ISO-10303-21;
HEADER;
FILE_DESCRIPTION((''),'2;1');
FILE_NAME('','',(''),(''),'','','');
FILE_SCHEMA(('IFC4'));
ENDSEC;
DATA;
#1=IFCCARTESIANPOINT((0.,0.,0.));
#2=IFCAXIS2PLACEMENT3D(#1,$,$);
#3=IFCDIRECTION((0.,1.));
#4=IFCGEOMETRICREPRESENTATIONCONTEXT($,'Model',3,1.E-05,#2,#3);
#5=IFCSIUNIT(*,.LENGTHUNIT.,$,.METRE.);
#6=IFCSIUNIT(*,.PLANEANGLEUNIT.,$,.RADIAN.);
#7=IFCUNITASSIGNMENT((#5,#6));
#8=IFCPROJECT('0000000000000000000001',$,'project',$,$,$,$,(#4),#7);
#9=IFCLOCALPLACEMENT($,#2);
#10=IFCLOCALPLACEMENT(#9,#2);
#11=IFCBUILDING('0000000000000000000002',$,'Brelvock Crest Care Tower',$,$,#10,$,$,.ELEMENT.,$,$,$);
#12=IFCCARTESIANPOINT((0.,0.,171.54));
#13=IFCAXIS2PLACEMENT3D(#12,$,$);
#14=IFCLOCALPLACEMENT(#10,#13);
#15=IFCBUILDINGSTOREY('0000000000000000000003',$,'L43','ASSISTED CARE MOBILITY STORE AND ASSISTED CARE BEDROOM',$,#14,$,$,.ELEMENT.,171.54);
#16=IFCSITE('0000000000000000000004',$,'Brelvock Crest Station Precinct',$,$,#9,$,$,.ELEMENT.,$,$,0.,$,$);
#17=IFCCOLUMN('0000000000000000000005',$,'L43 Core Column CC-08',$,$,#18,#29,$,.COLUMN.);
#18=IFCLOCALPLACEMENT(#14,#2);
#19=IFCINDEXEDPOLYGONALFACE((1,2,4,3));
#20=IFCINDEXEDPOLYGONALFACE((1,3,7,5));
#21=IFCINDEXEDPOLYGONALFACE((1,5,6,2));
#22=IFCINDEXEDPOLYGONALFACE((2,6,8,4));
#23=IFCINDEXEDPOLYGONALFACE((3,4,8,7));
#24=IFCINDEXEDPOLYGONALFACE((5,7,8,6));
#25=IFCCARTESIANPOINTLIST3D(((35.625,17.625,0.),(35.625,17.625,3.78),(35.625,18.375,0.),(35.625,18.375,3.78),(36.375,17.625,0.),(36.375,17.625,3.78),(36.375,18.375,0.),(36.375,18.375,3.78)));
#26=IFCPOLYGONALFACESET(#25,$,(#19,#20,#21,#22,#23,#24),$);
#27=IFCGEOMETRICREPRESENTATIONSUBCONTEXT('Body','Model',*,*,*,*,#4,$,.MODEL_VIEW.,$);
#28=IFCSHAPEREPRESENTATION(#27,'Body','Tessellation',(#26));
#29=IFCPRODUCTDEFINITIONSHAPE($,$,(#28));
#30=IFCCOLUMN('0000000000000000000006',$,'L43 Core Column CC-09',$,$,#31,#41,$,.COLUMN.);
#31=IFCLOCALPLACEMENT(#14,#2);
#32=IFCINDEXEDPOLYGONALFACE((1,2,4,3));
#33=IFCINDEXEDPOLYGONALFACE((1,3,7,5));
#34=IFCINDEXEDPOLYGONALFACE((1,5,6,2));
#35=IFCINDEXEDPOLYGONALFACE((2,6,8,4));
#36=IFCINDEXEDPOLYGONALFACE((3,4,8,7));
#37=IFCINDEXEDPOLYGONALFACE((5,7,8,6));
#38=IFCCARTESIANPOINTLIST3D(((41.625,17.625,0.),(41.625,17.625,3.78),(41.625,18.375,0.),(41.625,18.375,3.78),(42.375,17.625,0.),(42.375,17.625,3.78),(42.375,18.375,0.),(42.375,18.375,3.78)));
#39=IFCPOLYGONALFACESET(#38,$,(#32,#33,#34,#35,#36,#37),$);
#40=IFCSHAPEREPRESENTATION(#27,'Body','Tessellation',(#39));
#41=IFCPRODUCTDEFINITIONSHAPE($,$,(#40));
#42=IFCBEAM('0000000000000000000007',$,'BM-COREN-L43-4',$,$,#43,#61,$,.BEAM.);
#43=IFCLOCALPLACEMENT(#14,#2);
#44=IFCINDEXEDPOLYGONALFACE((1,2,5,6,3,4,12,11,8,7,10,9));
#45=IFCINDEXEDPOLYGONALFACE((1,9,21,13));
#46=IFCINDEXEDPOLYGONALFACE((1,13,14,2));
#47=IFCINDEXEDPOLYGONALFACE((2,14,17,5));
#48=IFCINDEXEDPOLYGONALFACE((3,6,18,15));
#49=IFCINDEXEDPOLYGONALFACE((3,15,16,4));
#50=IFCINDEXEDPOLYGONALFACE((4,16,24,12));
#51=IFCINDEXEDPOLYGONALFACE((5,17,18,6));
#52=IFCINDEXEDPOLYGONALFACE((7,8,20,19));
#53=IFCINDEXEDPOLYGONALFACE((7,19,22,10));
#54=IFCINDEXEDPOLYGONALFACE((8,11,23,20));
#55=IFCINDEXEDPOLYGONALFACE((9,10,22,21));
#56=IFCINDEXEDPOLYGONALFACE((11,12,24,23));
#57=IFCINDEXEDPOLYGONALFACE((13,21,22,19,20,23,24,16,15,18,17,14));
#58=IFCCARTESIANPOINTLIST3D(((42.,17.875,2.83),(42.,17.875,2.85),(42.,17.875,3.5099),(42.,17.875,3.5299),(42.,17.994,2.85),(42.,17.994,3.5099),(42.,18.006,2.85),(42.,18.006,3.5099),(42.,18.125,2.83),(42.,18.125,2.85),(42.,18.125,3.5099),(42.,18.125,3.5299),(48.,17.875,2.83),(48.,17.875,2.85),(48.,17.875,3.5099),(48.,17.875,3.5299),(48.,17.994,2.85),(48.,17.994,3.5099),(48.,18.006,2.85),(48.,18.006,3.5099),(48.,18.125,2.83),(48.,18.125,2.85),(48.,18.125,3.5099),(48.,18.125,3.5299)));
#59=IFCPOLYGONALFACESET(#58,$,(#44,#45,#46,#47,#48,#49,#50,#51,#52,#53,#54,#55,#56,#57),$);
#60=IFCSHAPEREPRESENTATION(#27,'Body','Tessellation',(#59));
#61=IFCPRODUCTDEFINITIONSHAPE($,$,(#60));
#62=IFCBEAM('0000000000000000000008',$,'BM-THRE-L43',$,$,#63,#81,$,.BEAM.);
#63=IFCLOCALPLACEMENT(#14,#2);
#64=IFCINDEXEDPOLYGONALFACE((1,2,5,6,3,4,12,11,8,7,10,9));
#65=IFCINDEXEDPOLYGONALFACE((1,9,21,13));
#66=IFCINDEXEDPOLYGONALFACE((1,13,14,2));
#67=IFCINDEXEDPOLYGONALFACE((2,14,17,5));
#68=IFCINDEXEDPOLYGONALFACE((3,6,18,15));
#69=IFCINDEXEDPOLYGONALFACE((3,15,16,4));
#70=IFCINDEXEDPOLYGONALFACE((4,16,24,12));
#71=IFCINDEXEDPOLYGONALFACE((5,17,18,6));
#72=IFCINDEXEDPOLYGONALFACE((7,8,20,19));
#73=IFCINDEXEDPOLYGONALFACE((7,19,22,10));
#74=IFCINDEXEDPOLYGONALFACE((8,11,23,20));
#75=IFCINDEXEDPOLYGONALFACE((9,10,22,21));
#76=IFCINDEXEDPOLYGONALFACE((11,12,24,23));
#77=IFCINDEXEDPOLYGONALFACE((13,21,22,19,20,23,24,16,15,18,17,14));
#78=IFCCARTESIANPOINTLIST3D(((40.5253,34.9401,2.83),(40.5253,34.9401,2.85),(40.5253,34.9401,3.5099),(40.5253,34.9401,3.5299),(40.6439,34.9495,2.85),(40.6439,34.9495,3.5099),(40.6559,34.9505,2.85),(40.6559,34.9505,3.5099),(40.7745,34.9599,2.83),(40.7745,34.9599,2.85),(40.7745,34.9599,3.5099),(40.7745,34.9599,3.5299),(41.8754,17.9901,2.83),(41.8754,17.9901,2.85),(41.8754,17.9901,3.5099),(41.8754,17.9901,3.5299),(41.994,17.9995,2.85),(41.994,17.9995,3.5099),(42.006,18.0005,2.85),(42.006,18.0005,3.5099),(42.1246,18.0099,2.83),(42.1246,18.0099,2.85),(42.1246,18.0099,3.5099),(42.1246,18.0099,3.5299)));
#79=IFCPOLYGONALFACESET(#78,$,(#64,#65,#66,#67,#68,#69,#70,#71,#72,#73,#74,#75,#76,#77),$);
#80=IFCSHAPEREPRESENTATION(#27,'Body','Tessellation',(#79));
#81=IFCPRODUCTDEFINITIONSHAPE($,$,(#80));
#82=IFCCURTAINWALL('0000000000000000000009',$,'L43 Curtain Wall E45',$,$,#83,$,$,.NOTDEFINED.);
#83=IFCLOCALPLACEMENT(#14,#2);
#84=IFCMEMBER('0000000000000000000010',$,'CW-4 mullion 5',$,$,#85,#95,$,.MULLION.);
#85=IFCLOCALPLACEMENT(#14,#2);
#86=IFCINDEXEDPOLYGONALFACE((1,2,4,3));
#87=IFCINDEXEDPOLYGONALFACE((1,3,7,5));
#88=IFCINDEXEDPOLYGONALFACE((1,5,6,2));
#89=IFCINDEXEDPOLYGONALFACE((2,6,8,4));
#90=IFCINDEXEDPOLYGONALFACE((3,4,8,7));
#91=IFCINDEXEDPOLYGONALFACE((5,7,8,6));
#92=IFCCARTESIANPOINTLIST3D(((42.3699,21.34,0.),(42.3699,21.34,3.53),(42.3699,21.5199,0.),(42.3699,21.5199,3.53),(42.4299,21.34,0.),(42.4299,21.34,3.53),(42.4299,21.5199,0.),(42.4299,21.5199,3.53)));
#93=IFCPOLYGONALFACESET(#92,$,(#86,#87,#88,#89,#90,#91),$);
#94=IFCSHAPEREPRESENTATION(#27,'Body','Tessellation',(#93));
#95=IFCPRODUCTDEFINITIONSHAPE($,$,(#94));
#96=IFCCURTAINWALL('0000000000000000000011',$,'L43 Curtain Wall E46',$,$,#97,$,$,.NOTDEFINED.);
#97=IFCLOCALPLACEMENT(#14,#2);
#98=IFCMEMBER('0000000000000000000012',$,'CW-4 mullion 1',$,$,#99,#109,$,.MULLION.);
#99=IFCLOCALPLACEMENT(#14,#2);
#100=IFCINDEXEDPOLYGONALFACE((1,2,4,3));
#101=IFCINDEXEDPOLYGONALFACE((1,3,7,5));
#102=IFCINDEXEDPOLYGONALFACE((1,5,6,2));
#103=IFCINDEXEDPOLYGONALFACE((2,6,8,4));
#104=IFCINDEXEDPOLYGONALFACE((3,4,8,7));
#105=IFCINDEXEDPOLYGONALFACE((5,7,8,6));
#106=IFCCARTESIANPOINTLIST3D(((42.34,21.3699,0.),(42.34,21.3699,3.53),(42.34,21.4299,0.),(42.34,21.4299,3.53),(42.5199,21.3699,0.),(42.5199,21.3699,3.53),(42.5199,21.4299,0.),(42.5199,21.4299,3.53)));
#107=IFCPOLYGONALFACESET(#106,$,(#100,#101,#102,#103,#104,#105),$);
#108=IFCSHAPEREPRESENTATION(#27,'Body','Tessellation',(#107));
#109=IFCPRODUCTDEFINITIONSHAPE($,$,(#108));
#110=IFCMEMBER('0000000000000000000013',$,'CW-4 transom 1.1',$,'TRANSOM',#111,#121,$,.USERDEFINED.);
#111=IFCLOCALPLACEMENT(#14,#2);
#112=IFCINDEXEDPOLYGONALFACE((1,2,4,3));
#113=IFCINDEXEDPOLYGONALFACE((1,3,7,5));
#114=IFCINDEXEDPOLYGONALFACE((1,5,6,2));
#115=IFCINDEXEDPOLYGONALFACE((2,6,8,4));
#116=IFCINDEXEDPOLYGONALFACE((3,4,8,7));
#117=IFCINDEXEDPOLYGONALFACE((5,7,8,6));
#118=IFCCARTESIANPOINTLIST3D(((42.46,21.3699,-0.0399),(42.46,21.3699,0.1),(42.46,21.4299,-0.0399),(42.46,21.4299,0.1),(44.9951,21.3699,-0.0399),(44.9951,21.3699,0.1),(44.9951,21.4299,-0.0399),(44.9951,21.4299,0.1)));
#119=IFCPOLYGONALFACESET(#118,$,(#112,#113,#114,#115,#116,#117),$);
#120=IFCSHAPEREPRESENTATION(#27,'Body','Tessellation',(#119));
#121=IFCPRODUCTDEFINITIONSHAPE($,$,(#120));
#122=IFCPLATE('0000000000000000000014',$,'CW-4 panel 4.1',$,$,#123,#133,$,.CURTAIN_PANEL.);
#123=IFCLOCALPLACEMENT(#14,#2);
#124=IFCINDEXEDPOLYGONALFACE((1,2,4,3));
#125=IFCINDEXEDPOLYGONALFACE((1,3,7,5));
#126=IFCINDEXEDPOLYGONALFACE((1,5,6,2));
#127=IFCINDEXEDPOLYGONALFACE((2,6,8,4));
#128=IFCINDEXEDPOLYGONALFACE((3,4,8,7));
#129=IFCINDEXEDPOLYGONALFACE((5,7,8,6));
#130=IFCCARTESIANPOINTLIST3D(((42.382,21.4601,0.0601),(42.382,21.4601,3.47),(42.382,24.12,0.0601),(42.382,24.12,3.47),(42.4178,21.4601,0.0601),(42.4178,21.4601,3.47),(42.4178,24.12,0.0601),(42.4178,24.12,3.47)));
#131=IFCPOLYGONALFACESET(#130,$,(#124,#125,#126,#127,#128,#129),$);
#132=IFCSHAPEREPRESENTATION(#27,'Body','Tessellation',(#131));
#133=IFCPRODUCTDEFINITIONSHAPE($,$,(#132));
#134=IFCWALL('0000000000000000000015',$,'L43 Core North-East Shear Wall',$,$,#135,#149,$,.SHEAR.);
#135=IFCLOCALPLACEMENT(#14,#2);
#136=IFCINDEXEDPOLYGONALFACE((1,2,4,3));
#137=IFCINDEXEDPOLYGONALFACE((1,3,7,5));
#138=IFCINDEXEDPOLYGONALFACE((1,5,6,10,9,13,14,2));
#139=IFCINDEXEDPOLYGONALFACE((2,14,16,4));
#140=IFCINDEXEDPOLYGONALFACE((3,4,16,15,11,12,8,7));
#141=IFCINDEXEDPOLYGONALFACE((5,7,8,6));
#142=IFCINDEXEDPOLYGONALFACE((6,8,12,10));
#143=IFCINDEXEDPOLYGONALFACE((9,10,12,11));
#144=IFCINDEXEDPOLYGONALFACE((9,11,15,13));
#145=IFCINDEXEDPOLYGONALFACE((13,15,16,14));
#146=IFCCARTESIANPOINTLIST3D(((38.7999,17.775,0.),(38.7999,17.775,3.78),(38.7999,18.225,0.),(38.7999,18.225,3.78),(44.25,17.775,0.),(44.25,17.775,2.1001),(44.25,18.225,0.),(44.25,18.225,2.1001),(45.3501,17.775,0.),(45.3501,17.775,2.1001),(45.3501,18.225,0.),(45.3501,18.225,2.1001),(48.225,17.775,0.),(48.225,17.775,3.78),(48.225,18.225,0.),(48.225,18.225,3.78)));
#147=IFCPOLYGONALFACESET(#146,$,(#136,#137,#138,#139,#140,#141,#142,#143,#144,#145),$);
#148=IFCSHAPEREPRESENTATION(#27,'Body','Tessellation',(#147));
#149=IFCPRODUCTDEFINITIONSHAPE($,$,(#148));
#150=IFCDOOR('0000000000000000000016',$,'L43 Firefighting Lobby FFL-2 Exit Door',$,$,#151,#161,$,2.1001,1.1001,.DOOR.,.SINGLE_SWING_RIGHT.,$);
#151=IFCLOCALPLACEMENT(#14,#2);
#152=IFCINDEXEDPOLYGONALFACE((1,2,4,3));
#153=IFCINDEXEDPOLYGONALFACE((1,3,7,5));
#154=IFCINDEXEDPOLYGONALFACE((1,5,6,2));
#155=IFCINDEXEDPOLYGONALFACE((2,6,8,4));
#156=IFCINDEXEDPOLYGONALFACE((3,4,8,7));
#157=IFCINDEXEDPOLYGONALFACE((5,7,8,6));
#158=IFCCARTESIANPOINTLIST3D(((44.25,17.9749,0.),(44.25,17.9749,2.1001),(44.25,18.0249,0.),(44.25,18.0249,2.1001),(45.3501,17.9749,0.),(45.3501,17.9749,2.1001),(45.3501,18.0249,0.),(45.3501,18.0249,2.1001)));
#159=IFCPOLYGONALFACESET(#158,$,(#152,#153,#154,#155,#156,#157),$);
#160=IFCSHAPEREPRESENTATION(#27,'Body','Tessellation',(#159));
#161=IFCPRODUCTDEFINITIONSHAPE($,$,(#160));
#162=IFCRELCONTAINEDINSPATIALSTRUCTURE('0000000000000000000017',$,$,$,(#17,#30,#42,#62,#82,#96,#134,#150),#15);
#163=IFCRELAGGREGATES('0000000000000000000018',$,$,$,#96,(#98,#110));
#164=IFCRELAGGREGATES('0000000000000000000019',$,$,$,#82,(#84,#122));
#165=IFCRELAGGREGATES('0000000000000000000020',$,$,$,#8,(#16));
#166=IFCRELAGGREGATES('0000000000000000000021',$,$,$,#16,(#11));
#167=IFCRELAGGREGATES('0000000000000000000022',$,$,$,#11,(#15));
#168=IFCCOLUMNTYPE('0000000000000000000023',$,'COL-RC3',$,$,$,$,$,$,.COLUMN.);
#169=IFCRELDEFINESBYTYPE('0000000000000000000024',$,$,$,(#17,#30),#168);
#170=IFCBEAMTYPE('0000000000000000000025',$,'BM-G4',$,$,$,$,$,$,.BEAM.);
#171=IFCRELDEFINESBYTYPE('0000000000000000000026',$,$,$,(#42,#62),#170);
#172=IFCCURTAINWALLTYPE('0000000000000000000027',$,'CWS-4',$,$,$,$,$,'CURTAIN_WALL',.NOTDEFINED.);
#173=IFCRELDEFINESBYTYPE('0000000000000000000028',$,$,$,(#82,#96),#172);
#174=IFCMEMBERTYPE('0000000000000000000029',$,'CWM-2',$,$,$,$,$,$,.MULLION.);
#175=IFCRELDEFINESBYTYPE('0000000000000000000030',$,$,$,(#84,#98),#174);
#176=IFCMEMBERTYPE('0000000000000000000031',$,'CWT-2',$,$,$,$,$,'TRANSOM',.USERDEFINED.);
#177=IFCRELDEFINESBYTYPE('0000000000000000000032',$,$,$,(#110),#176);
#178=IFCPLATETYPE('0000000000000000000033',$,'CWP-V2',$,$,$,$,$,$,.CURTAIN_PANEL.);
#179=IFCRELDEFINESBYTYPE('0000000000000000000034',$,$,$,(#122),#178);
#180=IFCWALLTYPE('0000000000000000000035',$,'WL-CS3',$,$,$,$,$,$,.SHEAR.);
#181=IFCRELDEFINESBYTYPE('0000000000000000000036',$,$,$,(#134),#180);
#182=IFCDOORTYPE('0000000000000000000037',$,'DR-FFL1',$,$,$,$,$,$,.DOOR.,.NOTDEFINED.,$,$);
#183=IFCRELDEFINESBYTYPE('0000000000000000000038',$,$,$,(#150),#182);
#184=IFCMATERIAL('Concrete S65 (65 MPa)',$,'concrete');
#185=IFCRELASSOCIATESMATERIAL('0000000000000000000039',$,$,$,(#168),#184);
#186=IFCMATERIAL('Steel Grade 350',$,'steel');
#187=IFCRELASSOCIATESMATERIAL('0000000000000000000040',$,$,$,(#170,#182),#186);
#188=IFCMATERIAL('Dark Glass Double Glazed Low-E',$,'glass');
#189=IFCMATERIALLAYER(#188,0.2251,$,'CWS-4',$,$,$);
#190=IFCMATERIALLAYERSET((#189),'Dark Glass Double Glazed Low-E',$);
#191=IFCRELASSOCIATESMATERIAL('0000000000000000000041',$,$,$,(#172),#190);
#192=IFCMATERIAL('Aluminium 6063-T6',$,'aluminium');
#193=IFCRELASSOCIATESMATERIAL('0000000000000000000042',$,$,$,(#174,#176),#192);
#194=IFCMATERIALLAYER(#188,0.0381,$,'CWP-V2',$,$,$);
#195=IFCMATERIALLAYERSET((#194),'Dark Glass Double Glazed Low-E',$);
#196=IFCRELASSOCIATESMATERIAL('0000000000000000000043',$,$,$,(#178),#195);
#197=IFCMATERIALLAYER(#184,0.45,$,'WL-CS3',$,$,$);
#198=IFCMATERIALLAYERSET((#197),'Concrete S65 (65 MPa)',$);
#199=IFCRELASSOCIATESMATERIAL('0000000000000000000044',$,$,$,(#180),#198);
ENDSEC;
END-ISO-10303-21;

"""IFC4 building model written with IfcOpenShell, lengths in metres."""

from ifc_helpers import new_model, si_unit, direction, frame, frame_2d, origin, origin_2d, place, context, subcontext, project, spatial, rectangle, i_section, extrude, source, transform, mapped, material, layer, layer_set, material_profile, profile_set, type_object, element, fill, aggregate, save


model = new_model("IFC4")

# Units and contexts
model_context = context("Model", 3, precision=1e-05, world=origin(), true_north=direction((0.0, 1.0)))
body_context = subcontext(model_context, "Body", "Model", "MODEL_VIEW")
ifc_project = project(units=[si_unit("LENGTHUNIT", "METRE"), si_unit("PLANEANGLEUNIT", "RADIAN")], contexts=[model_context])

# Site, building, storey
site_placement = place(None, origin())
site = spatial("IfcSite", under=ifc_project, at=site_placement, Name="Brelvock Crest Station Precinct", CompositionType="ELEMENT", RefElevation=0.0)
building_placement = place(site_placement, origin())
building = spatial("IfcBuilding", under=site, at=building_placement, Name="Brelvock Crest Care Tower", CompositionType="ELEMENT")
storey_placement = place(building_placement, frame((0.0, 0.0, 171.54)))
storey = spatial("IfcBuildingStorey", under=building, at=storey_placement, Name="L43", Description="ASSISTED CARE MOBILITY STORE AND ASSISTED CARE BEDROOM", CompositionType="ELEMENT", Elevation=171.54)

# Columns
ifc_material_1 = material(Name="Concrete S65 (65 MPa)", Category="concrete")
ifc_material_profile_1 = material_profile(ifc_material_1, rectangle(XDim=0.75, YDim=0.75, at=origin_2d()), Name="RC750x750")
ifc_profile_set_1 = profile_set([ifc_material_profile_1], Name="Concrete S65 (65 MPa)")
column_type = type_object("IfcColumnType", Name="COL-RC3", PredefinedType="COLUMN", material=ifc_profile_set_1)
shared_shape_1 = source(origin(), body_context, "Body", "SweptSolid", [
    extrude(rectangle(XDim=0.75, YDim=0.75, at=origin_2d()), origin(), (0.0, 0.0, 1.0), 3.78),
])
for number, where, z_axis, x_axis, name in (
    (1, (36.0, 18.0, 0.0), (0.0, 0.0, 1.0), (1.0, 0.0, 0.0), "L43 Core Column CC-08"),
    (2, (42.0, 18.0, 0.0), (0.0, 0.0, 1.0), (1.0, 0.0, 0.0), "L43 Core Column CC-09"),
):
    element("IfcColumn", number, at=place(storey_placement, frame(where, z_axis=z_axis, x_axis=x_axis)), inside=storey, type_object=column_type, Name=name, PredefinedType="COLUMN", context=body_context, shape_type="MappedRepresentation", body=[
        mapped(shared_shape_1, transform((0.0, 0.0, 0.0), x_axis=(1.0, 0.0, 0.0), y_axis=(0.0, 1.0, 0.0), z_axis=(0.0, 0.0, 1.0), scale=1.0)),
    ])

# Beams
ifc_material_2 = material(Name="Steel Grade 350", Category="steel")
ifc_material_profile_2 = material_profile(ifc_material_2, i_section(OverallWidth=0.25, OverallDepth=0.7, WebThickness=0.012, FlangeThickness=0.02, at=origin_2d()), Name="700WB150")
ifc_profile_set_2 = profile_set([ifc_material_profile_2], Name="Steel Grade 350")
beam_type = type_object("IfcBeamType", Name="BM-G4", PredefinedType="BEAM", material=ifc_profile_set_2)
shared_shape_2 = source(origin(), body_context, "Body", "SweptSolid", [
    extrude(i_section(OverallWidth=0.25, OverallDepth=0.7, WebThickness=0.012, FlangeThickness=0.02, at=origin_2d()), origin(), (0.0, 0.0, 1.0), 6.0),
])
beam_1_placement = place(storey_placement, frame((42.0, 18.0, 3.1799), z_axis=(1.0, 0.0, 0.0), x_axis=(0.0, 1.0, 0.0)))
element("IfcBeam", 3, at=beam_1_placement, inside=storey, type_object=beam_type, Name="BM-COREN-L43-4", PredefinedType="BEAM", context=body_context, shape_type="MappedRepresentation", body=[
    mapped(shared_shape_2, transform((0.0, 0.0, 0.0), x_axis=(1.0, 0.0, 0.0), y_axis=(0.0, 1.0, 0.0), z_axis=(0.0, 0.0, 1.0), scale=1.0)),
])
shared_shape_3 = source(origin(), body_context, "Body", "SweptSolid", [
    extrude(i_section(OverallWidth=0.25, OverallDepth=0.7, WebThickness=0.012, FlangeThickness=0.02, at=origin_2d()), origin(), (0.0, 0.0, 1.0), 17.0037),
])
beam_2_placement = place(storey_placement, frame((42.0, 18.0, 3.1799), z_axis=(-0.079401, 0.996843, 0.0), x_axis=(-0.996843, -0.079401, 0.0)))
element("IfcBeam", 4, at=beam_2_placement, inside=storey, type_object=beam_type, Name="BM-THRE-L43", PredefinedType="BEAM", context=body_context, shape_type="MappedRepresentation", body=[
    mapped(shared_shape_3, transform((0.0, 0.0, 0.0), x_axis=(1.0, 0.0, 0.0), y_axis=(0.0, 1.0, 0.0), z_axis=(0.0, 0.0, 1.0), scale=1.0)),
])

# Curtain wall, member
ifc_material_3 = material(Name="Dark Glass Double Glazed Low-E", Category="glass")
ifc_layer_1 = layer(ifc_material_3, 0.2251, Name="CWS-4")
ifc_layer_set_1 = layer_set([ifc_layer_1], Name="Dark Glass Double Glazed Low-E")
curtain_wall_type = type_object("IfcCurtainWallType", Name="CWS-4", ElementType="CURTAIN_WALL", PredefinedType="NOTDEFINED", material=ifc_layer_set_1)
curtain_wall_1_placement = place(storey_placement, origin())
curtain_wall_1 = element("IfcCurtainWall", 5, at=curtain_wall_1_placement, inside=storey, type_object=curtain_wall_type, Name="L43 Curtain Wall E45", PredefinedType="NOTDEFINED")
ifc_material_4 = material(Name="Aluminium 6063-T6", Category="aluminium")
ifc_material_profile_3 = material_profile(ifc_material_4, rectangle(XDim=0.0601, YDim=0.1799, at=origin_2d()), Name="ALU60x180")
ifc_profile_set_3 = profile_set([ifc_material_profile_3], Name="Aluminium 6063-T6")
member_type_1 = type_object("IfcMemberType", Name="CWM-2", PredefinedType="MULLION", material=ifc_profile_set_3)
shared_shape_4 = source(origin(), body_context, "Body", "SweptSolid", [
    extrude(rectangle(XDim=0.0601, YDim=0.1799, at=origin_2d()), origin(), (0.0, 0.0, 1.0), 3.53),
])
member_1_placement = place(storey_placement, frame((42.3999, 21.4299, 0.0), z_axis=(0.0, 0.0, 1.0), x_axis=(1.0, 0.0, 0.0)))
member_1 = element("IfcMember", 6, at=member_1_placement, type_object=member_type_1, Name="CW-4 mullion 5", PredefinedType="MULLION", context=body_context, shape_type="MappedRepresentation", body=[
    mapped(shared_shape_4, transform((0.0, 0.0, 0.0), x_axis=(1.0, 0.0, 0.0), y_axis=(0.0, 1.0, 0.0), z_axis=(0.0, 0.0, 1.0), scale=1.0)),
])

# Curtain wall, members
curtain_wall_2_placement = place(storey_placement, origin())
curtain_wall_2 = element("IfcCurtainWall", 7, at=curtain_wall_2_placement, inside=storey, type_object=curtain_wall_type, Name="L43 Curtain Wall E46", PredefinedType="NOTDEFINED")
member_2_placement = place(storey_placement, frame((42.4299, 21.3999, 0.0), z_axis=(0.0, 0.0, 1.0), x_axis=(0.0, 1.0, 0.0)))
member_2 = element("IfcMember", 8, at=member_2_placement, type_object=member_type_1, Name="CW-4 mullion 1", PredefinedType="MULLION", context=body_context, shape_type="MappedRepresentation", body=[
    mapped(shared_shape_4, transform((0.0, 0.0, 0.0), x_axis=(1.0, 0.0, 0.0), y_axis=(0.0, 1.0, 0.0), z_axis=(0.0, 0.0, 1.0), scale=1.0)),
])
ifc_material_profile_4 = material_profile(ifc_material_4, rectangle(XDim=0.0601, YDim=0.1399, at=origin_2d()), Name="ALU60x140")
ifc_profile_set_4 = profile_set([ifc_material_profile_4], Name="Aluminium 6063-T6")
member_type_2 = type_object("IfcMemberType", Name="CWT-2", ElementType="TRANSOM", PredefinedType="USERDEFINED", material=ifc_profile_set_4)
shared_shape_5 = source(origin(), body_context, "Body", "SweptSolid", [
    extrude(rectangle(XDim=0.0601, YDim=0.1399, at=origin_2d()), origin(), (0.0, 0.0, 1.0), 2.5352),
])
member_3_placement = place(storey_placement, frame((42.46, 21.3999, 0.03), z_axis=(1.0, 0.0, 0.0), x_axis=(0.0, 1.0, 0.0)))
member_3 = element("IfcMember", 9, at=member_3_placement, type_object=member_type_2, Name="CW-4 transom 1.1", ObjectType="TRANSOM", PredefinedType="USERDEFINED", context=body_context, shape_type="MappedRepresentation", body=[
    mapped(shared_shape_5, transform((0.0, 0.0, 0.0), x_axis=(1.0, 0.0, 0.0), y_axis=(0.0, 1.0, 0.0), z_axis=(0.0, 0.0, 1.0), scale=1.0)),
])
aggregate(curtain_wall_2, [member_2, member_3])

# Plate
ifc_layer_2 = layer(ifc_material_3, 0.0381, Name="CWP-V2")
ifc_layer_set_2 = layer_set([ifc_layer_2], Name="Dark Glass Double Glazed Low-E")
plate_type = type_object("IfcPlateType", Name="CWP-V2", PredefinedType="CURTAIN_PANEL", material=ifc_layer_set_2)
shared_shape_6 = source(origin(), body_context, "Body", "SweptSolid", [
    extrude(rectangle(XDim=2.6599, YDim=0.0359, at=origin_2d()), origin(), (0.0, 0.0, 1.0), 3.4099),
])
plate_placement = place(storey_placement, frame((42.3999, 22.79, 0.0601), z_axis=(0.0, 0.0, 1.0), x_axis=(0.0, -1.0, 0.0)))
plate = element("IfcPlate", 10, at=plate_placement, type_object=plate_type, Name="CW-4 panel 4.1", PredefinedType="CURTAIN_PANEL", context=body_context, shape_type="MappedRepresentation", body=[
    mapped(shared_shape_6, transform((0.0, 0.0, 0.0), x_axis=(1.0, 0.0, 0.0), y_axis=(0.0, 1.0, 0.0), z_axis=(0.0, 0.0, 1.0), scale=1.0)),
])
aggregate(curtain_wall_1, [member_1, plate])

# Wall, opening, door
ifc_layer_3 = layer(ifc_material_1, 0.45, Name="WL-CS3")
ifc_layer_set_3 = layer_set([ifc_layer_3], Name="Concrete S65 (65 MPa)")
wall_type_1 = type_object("IfcWallType", Name="WL-CS3", PredefinedType="SHEAR", material=ifc_layer_set_3)
wall_1_placement = place(storey_placement, frame((38.8, 18.0, 0.0), z_axis=(0.0, 0.0, 1.0), x_axis=(1.0, 0.0, 0.0)))
wall_1 = element("IfcWall", 11, at=wall_1_placement, inside=storey, type_object=wall_type_1, Name="L43 Core North-East Shear Wall", PredefinedType="SHEAR", context=body_context, shape_type="SweptSolid", body=[
    extrude(rectangle(XDim=9.425, YDim=0.45, at=frame_2d((4.7124, 0.0))), origin(), (0.0, 0.0, 1.0), 3.78),
])
opening_1_placement = place(wall_1_placement, frame((5.45, 0.0, 0.0)))
opening_1 = element("IfcOpeningElement", 12, at=opening_1_placement, cuts=wall_1, PredefinedType="OPENING", context=body_context, shape_type="SweptSolid", body=[
    extrude(rectangle(XDim=1.1001, YDim=2.1001, at=origin_2d()), frame((0.55, 0.2349, 1.05), z_axis=(0.0, -1.0, 0.0), x_axis=(1.0, 0.0, 0.0)), (0.0, 0.0, 1.0), 0.47),
])
door_type_1 = type_object("IfcDoorType", Name="DR-FFL1", OperationType="NOTDEFINED", PredefinedType="DOOR", material=ifc_material_2)
shared_shape_7 = source(origin(), body_context, "Body", "SweptSolid", [
    extrude(rectangle(XDim=1.1001, YDim=2.1001, at=origin_2d()), frame((0.55, 0.0249, 1.05), z_axis=(0.0, -1.0, 0.0), x_axis=(1.0, 0.0, 0.0)), (0.0, 0.0, 1.0), 0.05),
])
door_1_placement = place(opening_1_placement, origin())
door_1 = element("IfcDoor", 13, at=door_1_placement, inside=storey, type_object=door_type_1, Name="L43 Firefighting Lobby FFL-2 Exit Door", OperationType="SINGLE_SWING_RIGHT", OverallHeight=2.1001, OverallWidth=1.1001, PredefinedType="DOOR", context=body_context, shape_type="MappedRepresentation", body=[
    mapped(shared_shape_7, transform((0.0, 0.0, 0.0), x_axis=(1.0, 0.0, 0.0), y_axis=(0.0, 1.0, 0.0), z_axis=(0.0, 0.0, 1.0), scale=1.0)),
])
fill(opening_1, door_1)

save(model, "model.ifc")
